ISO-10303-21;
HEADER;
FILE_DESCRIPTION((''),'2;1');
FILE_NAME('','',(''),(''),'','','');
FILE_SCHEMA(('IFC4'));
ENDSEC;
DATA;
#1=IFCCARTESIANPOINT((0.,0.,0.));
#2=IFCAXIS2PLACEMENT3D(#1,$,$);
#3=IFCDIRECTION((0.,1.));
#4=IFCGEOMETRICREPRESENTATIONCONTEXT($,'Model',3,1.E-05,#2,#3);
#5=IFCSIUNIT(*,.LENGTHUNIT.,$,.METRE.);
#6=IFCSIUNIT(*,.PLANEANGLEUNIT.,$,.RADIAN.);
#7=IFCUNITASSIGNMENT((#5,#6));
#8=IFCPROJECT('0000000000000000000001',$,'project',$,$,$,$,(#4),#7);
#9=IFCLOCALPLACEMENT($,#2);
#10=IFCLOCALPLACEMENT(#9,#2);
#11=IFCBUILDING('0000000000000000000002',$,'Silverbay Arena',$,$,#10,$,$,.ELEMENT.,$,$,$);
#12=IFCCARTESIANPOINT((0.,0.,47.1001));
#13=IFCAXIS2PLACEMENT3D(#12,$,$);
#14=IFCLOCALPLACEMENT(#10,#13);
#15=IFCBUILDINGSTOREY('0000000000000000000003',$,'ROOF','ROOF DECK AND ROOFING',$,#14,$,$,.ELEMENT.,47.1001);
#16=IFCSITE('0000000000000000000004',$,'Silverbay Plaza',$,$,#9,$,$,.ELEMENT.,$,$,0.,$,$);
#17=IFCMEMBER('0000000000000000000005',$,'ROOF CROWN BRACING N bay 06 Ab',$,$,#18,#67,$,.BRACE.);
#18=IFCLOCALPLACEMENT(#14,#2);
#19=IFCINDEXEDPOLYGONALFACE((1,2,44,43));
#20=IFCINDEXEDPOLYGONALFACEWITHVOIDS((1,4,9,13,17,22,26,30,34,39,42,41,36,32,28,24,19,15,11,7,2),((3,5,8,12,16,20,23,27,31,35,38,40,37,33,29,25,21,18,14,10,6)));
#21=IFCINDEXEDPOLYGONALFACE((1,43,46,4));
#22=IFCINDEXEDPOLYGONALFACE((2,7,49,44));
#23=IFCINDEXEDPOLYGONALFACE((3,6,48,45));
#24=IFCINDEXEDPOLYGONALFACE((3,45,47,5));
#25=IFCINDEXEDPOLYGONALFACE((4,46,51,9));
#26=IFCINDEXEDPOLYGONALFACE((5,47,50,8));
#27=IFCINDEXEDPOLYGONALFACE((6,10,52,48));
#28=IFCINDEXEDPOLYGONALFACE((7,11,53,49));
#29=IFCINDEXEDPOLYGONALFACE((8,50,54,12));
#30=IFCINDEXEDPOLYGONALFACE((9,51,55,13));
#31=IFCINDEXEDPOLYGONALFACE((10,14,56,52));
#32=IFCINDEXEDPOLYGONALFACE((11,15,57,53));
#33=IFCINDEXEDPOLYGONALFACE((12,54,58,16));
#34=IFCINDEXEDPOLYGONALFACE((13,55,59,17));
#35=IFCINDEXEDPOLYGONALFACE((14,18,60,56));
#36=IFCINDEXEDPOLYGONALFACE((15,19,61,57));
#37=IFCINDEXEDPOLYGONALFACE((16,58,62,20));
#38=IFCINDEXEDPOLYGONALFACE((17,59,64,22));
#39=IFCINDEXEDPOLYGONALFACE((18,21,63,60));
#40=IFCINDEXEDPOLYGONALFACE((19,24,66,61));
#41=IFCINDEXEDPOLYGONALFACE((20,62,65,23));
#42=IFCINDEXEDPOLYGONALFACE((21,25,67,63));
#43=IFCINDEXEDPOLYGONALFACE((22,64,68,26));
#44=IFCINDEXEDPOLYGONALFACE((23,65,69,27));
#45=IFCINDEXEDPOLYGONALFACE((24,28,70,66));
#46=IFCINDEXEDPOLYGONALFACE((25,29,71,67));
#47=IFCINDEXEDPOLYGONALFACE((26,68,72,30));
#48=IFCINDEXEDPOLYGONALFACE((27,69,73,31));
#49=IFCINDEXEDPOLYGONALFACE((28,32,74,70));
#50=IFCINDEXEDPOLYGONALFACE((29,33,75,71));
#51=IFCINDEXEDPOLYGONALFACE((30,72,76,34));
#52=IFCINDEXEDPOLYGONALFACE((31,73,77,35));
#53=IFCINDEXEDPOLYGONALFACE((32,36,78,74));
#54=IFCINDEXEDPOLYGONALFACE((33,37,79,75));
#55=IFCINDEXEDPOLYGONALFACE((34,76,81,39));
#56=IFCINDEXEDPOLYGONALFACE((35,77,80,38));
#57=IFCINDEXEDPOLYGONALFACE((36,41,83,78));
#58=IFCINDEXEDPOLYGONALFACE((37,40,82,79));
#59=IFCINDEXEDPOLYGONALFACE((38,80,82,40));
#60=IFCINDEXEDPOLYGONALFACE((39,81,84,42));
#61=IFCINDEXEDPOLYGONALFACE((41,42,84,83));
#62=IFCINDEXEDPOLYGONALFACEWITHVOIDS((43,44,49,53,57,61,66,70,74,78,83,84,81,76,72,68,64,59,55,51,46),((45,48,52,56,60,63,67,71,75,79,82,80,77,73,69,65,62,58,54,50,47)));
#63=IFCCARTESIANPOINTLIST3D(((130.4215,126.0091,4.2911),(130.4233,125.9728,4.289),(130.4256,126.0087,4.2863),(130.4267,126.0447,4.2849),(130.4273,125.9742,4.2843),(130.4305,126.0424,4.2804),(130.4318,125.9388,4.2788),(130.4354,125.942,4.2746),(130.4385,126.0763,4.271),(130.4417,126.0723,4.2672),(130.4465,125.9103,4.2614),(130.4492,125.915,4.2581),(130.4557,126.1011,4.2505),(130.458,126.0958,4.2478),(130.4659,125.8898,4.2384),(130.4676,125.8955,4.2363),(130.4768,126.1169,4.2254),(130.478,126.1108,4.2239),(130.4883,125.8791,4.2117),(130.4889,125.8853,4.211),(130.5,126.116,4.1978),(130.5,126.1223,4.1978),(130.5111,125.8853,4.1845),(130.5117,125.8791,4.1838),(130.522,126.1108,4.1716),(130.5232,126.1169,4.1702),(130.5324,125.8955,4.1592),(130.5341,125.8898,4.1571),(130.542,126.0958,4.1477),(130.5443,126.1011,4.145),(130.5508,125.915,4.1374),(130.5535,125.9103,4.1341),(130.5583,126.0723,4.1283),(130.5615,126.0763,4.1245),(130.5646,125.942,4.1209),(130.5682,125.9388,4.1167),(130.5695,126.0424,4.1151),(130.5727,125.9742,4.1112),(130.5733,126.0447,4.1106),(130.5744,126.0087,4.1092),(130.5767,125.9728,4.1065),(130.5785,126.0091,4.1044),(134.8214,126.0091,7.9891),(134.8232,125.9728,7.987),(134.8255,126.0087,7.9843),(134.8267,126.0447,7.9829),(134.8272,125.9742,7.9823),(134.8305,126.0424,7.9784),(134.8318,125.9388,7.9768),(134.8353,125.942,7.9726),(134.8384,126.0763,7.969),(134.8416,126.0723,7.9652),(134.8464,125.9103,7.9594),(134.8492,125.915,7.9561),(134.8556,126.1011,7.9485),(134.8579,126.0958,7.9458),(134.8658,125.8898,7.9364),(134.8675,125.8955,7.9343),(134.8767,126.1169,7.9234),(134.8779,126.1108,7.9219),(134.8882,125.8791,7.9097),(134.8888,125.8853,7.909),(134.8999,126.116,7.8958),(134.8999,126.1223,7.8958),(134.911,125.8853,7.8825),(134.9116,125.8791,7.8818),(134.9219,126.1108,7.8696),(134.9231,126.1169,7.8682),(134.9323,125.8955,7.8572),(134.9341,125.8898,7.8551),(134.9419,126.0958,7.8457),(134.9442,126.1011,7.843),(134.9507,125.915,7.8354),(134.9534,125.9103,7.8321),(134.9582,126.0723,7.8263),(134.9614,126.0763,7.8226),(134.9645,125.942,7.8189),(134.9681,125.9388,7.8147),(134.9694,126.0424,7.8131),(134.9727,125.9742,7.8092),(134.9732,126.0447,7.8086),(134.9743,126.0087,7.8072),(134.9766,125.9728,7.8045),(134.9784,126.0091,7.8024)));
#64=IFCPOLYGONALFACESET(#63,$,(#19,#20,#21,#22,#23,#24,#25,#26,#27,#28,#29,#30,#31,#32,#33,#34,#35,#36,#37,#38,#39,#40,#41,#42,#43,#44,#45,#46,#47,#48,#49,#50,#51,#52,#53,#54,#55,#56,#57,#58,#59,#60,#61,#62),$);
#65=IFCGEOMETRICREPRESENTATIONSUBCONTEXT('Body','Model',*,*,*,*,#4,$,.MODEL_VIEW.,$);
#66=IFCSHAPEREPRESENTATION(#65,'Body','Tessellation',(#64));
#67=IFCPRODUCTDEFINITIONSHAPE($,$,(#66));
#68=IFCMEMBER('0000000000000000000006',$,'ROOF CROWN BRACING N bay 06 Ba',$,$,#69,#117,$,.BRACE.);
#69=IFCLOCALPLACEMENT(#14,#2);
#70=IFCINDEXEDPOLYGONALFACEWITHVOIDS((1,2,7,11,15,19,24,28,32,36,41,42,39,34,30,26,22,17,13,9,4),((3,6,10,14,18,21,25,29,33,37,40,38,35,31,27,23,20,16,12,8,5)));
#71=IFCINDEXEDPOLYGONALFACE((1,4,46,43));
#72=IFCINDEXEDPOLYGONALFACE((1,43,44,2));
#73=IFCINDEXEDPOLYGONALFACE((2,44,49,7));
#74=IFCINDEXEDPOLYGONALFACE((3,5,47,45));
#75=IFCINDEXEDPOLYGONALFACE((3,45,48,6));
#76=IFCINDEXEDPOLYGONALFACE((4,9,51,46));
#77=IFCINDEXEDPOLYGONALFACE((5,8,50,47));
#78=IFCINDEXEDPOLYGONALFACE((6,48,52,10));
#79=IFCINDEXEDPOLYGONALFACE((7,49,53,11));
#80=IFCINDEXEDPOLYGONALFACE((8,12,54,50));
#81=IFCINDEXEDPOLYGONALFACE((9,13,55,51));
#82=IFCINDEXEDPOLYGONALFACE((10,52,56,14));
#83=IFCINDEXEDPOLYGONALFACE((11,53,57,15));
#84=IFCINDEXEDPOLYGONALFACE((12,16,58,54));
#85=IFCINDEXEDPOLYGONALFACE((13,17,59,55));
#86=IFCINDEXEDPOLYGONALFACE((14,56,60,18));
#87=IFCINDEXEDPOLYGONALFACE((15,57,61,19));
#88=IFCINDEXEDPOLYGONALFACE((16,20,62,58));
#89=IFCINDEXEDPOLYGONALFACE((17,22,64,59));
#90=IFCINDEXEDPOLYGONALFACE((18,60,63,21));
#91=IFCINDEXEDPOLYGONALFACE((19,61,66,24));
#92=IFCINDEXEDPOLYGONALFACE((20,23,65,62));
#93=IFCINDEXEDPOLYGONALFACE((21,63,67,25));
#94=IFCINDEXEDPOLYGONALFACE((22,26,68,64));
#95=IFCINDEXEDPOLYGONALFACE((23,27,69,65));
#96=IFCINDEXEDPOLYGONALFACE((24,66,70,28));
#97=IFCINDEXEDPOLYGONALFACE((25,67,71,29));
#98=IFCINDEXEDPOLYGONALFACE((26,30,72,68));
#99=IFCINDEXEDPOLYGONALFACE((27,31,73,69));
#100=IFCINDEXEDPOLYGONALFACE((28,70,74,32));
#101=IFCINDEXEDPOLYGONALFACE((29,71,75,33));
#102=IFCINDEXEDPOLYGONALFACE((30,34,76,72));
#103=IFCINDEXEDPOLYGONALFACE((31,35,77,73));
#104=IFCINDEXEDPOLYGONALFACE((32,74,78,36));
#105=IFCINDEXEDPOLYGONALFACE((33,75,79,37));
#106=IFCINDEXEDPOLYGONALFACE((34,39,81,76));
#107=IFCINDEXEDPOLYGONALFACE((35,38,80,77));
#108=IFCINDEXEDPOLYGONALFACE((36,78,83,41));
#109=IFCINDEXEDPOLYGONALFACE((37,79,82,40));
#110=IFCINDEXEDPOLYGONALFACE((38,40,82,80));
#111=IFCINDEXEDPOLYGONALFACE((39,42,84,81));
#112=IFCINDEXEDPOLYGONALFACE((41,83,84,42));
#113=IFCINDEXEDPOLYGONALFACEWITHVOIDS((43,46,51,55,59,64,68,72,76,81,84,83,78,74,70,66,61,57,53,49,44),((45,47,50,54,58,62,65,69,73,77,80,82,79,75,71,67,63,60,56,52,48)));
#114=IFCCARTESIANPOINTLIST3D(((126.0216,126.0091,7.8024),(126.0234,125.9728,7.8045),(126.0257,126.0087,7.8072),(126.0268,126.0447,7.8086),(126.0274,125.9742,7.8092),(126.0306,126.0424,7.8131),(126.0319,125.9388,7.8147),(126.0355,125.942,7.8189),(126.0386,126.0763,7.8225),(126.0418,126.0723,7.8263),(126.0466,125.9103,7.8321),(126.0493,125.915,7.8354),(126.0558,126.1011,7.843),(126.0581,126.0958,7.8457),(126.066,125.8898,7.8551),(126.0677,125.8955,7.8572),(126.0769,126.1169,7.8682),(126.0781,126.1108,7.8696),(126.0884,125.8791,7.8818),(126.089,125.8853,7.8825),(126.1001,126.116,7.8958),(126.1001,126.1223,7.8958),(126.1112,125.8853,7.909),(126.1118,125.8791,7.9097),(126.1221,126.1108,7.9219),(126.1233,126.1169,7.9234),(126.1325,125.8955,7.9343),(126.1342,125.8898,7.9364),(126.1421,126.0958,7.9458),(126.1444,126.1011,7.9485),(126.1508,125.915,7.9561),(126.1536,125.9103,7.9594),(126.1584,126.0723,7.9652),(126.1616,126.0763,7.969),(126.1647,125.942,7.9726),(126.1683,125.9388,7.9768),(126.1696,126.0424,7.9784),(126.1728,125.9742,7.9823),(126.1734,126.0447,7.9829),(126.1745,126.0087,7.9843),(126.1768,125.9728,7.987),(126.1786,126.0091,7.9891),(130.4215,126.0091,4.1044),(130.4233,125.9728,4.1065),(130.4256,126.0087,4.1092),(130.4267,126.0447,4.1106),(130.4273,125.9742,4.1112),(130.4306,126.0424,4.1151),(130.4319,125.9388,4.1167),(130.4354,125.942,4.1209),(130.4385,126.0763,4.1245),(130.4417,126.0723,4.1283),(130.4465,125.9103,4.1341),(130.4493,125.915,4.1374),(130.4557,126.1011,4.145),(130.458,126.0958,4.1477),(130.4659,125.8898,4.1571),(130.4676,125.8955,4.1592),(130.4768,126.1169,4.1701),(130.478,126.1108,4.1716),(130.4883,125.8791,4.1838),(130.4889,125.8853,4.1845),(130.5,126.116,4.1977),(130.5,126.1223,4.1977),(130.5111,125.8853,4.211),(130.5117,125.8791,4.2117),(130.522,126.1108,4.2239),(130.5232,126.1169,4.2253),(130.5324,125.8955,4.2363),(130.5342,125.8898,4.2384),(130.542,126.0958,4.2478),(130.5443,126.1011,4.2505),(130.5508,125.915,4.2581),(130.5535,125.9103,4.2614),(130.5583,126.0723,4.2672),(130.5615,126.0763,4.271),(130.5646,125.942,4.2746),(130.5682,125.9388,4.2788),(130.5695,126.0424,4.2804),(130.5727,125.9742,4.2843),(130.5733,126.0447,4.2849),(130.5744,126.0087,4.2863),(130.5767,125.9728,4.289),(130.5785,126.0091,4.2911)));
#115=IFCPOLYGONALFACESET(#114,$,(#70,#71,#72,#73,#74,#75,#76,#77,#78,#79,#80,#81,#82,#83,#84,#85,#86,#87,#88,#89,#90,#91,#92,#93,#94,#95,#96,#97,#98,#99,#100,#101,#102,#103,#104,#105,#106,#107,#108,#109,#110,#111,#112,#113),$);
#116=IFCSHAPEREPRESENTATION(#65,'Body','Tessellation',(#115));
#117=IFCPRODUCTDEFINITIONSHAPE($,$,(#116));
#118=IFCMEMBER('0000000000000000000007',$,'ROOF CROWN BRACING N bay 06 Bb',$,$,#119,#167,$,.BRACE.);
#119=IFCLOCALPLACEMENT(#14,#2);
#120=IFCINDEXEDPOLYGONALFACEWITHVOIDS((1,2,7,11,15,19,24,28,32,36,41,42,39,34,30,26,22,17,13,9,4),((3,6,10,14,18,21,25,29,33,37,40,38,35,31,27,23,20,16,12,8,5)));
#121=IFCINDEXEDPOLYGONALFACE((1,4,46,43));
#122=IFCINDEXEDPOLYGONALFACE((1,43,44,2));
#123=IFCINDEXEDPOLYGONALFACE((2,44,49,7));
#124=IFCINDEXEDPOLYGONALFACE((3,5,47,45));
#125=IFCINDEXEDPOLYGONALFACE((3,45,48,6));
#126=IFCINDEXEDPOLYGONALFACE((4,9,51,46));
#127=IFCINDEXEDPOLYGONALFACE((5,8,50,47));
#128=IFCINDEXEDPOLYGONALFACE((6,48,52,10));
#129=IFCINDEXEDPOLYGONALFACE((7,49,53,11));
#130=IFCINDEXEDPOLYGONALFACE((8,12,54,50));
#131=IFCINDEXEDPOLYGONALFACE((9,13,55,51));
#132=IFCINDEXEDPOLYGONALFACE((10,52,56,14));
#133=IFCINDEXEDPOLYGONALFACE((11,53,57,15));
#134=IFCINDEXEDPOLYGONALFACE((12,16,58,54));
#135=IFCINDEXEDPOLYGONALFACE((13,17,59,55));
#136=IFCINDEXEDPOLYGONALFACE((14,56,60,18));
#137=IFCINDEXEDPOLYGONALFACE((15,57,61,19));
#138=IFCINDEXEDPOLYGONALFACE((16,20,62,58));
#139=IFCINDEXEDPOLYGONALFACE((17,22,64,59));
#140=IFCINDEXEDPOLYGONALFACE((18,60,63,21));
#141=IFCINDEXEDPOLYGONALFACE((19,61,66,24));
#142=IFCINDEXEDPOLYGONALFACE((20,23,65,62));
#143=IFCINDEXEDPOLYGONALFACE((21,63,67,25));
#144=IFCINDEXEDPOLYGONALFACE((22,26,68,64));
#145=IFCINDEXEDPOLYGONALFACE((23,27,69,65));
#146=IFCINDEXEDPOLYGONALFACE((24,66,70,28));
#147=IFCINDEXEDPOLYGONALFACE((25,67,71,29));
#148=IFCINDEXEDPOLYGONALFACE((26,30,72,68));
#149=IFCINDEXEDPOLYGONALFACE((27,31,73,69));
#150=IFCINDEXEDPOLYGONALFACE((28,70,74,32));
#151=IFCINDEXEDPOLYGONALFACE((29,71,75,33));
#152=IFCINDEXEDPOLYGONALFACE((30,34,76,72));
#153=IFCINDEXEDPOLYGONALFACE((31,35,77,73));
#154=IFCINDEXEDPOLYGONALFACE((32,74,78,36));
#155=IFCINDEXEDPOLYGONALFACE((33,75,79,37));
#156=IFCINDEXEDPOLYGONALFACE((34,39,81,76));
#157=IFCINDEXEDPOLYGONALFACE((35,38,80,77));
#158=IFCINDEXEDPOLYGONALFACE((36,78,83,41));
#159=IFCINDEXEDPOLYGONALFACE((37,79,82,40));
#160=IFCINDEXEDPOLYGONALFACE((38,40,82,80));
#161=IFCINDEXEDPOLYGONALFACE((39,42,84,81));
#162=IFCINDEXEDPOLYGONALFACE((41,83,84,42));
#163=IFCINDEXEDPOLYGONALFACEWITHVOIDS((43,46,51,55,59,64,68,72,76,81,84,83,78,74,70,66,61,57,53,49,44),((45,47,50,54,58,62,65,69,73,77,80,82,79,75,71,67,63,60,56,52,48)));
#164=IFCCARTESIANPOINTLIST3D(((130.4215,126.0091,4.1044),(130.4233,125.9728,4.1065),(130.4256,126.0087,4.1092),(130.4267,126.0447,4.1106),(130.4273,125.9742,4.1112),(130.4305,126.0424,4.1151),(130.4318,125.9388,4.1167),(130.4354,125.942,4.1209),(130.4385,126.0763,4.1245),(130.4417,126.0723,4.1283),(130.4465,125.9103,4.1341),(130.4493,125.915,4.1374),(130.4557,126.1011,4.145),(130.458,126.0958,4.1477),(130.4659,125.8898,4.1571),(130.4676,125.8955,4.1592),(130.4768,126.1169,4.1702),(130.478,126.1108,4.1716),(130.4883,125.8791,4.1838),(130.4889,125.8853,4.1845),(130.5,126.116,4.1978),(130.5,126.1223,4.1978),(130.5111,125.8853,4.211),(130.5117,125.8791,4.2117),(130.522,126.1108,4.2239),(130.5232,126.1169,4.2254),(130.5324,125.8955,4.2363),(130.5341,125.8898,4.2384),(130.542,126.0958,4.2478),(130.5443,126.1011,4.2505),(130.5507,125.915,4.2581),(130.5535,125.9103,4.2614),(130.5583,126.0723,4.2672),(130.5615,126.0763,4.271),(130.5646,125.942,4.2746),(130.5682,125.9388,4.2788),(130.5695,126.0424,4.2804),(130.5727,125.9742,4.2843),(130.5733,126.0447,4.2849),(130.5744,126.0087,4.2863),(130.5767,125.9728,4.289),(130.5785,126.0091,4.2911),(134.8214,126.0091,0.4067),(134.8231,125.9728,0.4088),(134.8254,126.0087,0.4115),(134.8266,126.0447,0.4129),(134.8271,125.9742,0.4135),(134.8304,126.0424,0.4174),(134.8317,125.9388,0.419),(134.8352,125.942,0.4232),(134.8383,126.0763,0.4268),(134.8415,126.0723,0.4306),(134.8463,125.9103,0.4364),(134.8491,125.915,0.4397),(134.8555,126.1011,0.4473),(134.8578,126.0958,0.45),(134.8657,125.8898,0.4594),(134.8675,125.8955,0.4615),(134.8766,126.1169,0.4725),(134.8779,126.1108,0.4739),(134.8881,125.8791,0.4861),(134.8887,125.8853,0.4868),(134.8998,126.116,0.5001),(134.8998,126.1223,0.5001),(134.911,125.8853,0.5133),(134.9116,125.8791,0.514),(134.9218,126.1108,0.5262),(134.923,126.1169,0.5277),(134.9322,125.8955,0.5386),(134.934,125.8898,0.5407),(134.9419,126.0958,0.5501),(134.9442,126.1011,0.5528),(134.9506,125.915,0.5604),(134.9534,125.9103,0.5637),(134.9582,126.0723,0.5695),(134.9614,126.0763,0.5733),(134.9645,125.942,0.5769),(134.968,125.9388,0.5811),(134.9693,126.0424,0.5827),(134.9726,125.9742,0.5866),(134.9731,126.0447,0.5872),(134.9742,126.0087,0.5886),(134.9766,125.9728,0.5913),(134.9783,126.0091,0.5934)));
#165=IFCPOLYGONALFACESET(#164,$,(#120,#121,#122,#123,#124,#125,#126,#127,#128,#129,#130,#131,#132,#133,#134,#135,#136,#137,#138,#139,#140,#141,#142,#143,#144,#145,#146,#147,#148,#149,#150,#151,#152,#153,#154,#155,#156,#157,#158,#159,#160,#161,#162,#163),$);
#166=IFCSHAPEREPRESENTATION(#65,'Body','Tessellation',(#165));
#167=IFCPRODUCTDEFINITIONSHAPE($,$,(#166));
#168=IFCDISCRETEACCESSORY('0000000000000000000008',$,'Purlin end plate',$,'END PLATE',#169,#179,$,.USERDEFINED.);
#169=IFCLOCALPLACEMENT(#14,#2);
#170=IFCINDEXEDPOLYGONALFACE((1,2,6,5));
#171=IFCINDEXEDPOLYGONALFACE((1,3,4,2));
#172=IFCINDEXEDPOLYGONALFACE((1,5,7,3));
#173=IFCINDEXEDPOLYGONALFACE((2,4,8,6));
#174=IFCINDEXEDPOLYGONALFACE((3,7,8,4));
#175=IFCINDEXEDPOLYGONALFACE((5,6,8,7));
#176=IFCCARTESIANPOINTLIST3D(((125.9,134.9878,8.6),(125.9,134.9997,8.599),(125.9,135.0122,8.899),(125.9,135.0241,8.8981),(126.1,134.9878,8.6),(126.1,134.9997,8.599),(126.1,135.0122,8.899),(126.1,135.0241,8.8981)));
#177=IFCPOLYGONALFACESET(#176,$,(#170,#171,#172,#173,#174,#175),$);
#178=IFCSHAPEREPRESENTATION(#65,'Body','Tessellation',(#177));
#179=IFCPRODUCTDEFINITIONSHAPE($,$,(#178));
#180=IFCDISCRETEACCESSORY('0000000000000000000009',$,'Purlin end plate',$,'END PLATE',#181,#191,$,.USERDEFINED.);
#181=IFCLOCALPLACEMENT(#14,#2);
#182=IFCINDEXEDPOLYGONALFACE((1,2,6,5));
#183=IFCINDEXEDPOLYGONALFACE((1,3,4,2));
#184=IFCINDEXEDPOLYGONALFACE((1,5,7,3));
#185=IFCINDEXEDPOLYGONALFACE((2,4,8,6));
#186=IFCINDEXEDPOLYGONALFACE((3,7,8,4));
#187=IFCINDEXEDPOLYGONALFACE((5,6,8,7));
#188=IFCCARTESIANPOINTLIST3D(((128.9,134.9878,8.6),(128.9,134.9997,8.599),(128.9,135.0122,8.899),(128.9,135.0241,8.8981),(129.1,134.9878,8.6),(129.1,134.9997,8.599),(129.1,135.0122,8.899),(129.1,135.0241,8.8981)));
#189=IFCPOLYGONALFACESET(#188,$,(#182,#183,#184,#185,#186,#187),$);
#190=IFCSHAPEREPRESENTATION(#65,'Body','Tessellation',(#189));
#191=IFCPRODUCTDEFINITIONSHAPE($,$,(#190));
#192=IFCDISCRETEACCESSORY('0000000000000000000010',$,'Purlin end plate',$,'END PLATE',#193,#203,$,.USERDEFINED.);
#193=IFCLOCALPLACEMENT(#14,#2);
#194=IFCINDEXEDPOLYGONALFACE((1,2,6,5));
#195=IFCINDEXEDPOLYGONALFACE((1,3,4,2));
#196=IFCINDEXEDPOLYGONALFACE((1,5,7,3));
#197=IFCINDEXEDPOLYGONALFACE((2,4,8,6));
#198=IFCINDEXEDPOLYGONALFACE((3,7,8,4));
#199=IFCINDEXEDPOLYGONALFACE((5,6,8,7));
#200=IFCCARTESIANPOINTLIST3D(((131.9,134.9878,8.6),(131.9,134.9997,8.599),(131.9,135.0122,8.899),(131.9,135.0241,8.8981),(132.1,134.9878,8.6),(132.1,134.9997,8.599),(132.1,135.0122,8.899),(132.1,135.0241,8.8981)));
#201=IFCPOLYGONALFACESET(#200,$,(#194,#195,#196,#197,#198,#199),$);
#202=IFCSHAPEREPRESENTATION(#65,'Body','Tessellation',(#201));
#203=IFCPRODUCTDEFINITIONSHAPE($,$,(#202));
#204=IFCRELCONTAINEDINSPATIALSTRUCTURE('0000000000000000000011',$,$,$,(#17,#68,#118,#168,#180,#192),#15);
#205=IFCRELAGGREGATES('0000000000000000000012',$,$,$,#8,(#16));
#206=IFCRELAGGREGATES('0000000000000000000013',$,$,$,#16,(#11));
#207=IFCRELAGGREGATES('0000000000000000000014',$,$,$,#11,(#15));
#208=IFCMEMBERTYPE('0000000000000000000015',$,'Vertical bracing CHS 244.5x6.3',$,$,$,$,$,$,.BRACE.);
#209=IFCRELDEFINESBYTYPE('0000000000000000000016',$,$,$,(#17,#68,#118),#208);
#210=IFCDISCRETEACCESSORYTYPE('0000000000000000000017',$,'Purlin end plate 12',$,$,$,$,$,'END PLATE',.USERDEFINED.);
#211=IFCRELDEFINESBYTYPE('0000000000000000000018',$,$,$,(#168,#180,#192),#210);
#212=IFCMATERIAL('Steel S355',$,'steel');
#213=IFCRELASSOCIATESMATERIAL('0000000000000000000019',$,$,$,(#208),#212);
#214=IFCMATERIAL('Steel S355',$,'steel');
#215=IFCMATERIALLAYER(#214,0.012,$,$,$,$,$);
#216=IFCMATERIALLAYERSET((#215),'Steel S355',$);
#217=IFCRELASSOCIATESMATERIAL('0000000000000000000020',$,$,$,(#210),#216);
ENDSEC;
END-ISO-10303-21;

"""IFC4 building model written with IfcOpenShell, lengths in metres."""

from ifc_helpers import new_model, si_unit, direction, frame, origin, origin_2d, place, context, subcontext, project, spatial, rectangle, hollow_circle, extrude, material, layer, layer_set, material_profile, profile_set, type_object, element, save


model = new_model("IFC4")

# Units and contexts
model_context = context("Model", 3, precision=1e-05, world=origin(), true_north=direction((0.0, 1.0)))
body_context = subcontext(model_context, "Body", "Model", "MODEL_VIEW")
ifc_project = project(units=[si_unit("LENGTHUNIT", "METRE"), si_unit("PLANEANGLEUNIT", "RADIAN")], contexts=[model_context])

# Site, building, storey
site_placement = place(None, origin())
site = spatial("IfcSite", under=ifc_project, at=site_placement, Name="Silverbay Plaza", CompositionType="ELEMENT", RefElevation=0.0)
building_placement = place(site_placement, origin())
building = spatial("IfcBuilding", under=site, at=building_placement, Name="Silverbay Arena", CompositionType="ELEMENT")
storey_placement = place(building_placement, frame((0.0, 0.0, 47.1001)))
storey = spatial("IfcBuildingStorey", under=building, at=storey_placement, Name="ROOF", Description="ROOF DECK AND ROOFING", CompositionType="ELEMENT", Elevation=47.1001)

# Members
ifc_material_1 = material(Name="Steel S355", Category="steel")
ifc_material_profile_1 = material_profile(ifc_material_1, hollow_circle(Radius=0.1223, WallThickness=0.0063, at=origin_2d()), Name="CHS 244.5x6.3")
ifc_profile_set_1 = profile_set([ifc_material_profile_1], Name="Steel S355")
member_type_1 = type_object("IfcMemberType", Name="Vertical bracing CHS 244.5x6.3", PredefinedType="BRACE", material=ifc_profile_set_1)
for number, where, z_axis, x_axis, name in (
    (1, (130.5, 126.0, 4.1978), (0.765527, 0.0, 0.643404), (0.0, 1.0, 0.0), "ROOF CROWN BRACING N bay 06 Ab"),
    (2, (126.1001, 126.0, 7.8958), (0.765527, 0.0, -0.643404), (0.0, 1.0, 0.0), "ROOF CROWN BRACING N bay 06 Ba"),
):
    element("IfcMember", number, at=place(storey_placement, frame(where, z_axis=z_axis, x_axis=x_axis)), inside=storey, type_object=member_type_1, Name=name, PredefinedType="BRACE", context=body_context, shape_type="SweptSolid", body=[
        extrude(hollow_circle(Radius=0.1223, WallThickness=0.0063, at=origin_2d()), origin(), (0.0, 0.0, 1.0), 5.7476),
    ])
member_1_placement = place(storey_placement, frame((130.5, 126.0, 4.1978), z_axis=(0.765548, 0.0, -0.643379), x_axis=(0.0, 1.0, 0.0)))
element("IfcMember", 3, at=member_1_placement, inside=storey, type_object=member_type_1, Name="ROOF CROWN BRACING N bay 06 Bb", PredefinedType="BRACE", context=body_context, shape_type="SweptSolid", body=[
    extrude(hollow_circle(Radius=0.1223, WallThickness=0.0063, at=origin_2d()), origin(), (0.0, 0.0, 1.0), 5.7473),
])

# Discrete accessories
ifc_material_2 = material(Name="Steel S355", Category="steel")
ifc_layer = layer(ifc_material_2, 0.012)
ifc_layer_set = layer_set([ifc_layer], Name="Steel S355")
discrete_accessory_type = type_object("IfcDiscreteAccessoryType", Name="Purlin end plate 12", ElementType="END PLATE", PredefinedType="USERDEFINED", material=ifc_layer_set)
for number, where, z_axis, x_axis, name in (
    (4, (126.0, 135.0, 8.7495), (0.0, 0.996685, -0.081362), (-1.0, 0.0, 0.0), "Purlin end plate"),
    (5, (129.0, 135.0, 8.7495), (0.0, 0.996685, -0.081362), (-1.0, 0.0, 0.0), "Purlin end plate"),
    (6, (132.0, 135.0, 8.7495), (0.0, 0.996685, -0.081362), (-1.0, 0.0, 0.0), "Purlin end plate"),
):
    element("IfcDiscreteAccessory", number, at=place(storey_placement, frame(where, z_axis=z_axis, x_axis=x_axis)), inside=storey, type_object=discrete_accessory_type, Name=name, ObjectType="END PLATE", PredefinedType="USERDEFINED", context=body_context, shape_type="SweptSolid", body=[
        extrude(rectangle(XDim=0.2, YDim=0.3, at=origin_2d()), origin(), (0.0, 0.0, 1.0), 0.012),
    ])

save(model, "model.ifc")
